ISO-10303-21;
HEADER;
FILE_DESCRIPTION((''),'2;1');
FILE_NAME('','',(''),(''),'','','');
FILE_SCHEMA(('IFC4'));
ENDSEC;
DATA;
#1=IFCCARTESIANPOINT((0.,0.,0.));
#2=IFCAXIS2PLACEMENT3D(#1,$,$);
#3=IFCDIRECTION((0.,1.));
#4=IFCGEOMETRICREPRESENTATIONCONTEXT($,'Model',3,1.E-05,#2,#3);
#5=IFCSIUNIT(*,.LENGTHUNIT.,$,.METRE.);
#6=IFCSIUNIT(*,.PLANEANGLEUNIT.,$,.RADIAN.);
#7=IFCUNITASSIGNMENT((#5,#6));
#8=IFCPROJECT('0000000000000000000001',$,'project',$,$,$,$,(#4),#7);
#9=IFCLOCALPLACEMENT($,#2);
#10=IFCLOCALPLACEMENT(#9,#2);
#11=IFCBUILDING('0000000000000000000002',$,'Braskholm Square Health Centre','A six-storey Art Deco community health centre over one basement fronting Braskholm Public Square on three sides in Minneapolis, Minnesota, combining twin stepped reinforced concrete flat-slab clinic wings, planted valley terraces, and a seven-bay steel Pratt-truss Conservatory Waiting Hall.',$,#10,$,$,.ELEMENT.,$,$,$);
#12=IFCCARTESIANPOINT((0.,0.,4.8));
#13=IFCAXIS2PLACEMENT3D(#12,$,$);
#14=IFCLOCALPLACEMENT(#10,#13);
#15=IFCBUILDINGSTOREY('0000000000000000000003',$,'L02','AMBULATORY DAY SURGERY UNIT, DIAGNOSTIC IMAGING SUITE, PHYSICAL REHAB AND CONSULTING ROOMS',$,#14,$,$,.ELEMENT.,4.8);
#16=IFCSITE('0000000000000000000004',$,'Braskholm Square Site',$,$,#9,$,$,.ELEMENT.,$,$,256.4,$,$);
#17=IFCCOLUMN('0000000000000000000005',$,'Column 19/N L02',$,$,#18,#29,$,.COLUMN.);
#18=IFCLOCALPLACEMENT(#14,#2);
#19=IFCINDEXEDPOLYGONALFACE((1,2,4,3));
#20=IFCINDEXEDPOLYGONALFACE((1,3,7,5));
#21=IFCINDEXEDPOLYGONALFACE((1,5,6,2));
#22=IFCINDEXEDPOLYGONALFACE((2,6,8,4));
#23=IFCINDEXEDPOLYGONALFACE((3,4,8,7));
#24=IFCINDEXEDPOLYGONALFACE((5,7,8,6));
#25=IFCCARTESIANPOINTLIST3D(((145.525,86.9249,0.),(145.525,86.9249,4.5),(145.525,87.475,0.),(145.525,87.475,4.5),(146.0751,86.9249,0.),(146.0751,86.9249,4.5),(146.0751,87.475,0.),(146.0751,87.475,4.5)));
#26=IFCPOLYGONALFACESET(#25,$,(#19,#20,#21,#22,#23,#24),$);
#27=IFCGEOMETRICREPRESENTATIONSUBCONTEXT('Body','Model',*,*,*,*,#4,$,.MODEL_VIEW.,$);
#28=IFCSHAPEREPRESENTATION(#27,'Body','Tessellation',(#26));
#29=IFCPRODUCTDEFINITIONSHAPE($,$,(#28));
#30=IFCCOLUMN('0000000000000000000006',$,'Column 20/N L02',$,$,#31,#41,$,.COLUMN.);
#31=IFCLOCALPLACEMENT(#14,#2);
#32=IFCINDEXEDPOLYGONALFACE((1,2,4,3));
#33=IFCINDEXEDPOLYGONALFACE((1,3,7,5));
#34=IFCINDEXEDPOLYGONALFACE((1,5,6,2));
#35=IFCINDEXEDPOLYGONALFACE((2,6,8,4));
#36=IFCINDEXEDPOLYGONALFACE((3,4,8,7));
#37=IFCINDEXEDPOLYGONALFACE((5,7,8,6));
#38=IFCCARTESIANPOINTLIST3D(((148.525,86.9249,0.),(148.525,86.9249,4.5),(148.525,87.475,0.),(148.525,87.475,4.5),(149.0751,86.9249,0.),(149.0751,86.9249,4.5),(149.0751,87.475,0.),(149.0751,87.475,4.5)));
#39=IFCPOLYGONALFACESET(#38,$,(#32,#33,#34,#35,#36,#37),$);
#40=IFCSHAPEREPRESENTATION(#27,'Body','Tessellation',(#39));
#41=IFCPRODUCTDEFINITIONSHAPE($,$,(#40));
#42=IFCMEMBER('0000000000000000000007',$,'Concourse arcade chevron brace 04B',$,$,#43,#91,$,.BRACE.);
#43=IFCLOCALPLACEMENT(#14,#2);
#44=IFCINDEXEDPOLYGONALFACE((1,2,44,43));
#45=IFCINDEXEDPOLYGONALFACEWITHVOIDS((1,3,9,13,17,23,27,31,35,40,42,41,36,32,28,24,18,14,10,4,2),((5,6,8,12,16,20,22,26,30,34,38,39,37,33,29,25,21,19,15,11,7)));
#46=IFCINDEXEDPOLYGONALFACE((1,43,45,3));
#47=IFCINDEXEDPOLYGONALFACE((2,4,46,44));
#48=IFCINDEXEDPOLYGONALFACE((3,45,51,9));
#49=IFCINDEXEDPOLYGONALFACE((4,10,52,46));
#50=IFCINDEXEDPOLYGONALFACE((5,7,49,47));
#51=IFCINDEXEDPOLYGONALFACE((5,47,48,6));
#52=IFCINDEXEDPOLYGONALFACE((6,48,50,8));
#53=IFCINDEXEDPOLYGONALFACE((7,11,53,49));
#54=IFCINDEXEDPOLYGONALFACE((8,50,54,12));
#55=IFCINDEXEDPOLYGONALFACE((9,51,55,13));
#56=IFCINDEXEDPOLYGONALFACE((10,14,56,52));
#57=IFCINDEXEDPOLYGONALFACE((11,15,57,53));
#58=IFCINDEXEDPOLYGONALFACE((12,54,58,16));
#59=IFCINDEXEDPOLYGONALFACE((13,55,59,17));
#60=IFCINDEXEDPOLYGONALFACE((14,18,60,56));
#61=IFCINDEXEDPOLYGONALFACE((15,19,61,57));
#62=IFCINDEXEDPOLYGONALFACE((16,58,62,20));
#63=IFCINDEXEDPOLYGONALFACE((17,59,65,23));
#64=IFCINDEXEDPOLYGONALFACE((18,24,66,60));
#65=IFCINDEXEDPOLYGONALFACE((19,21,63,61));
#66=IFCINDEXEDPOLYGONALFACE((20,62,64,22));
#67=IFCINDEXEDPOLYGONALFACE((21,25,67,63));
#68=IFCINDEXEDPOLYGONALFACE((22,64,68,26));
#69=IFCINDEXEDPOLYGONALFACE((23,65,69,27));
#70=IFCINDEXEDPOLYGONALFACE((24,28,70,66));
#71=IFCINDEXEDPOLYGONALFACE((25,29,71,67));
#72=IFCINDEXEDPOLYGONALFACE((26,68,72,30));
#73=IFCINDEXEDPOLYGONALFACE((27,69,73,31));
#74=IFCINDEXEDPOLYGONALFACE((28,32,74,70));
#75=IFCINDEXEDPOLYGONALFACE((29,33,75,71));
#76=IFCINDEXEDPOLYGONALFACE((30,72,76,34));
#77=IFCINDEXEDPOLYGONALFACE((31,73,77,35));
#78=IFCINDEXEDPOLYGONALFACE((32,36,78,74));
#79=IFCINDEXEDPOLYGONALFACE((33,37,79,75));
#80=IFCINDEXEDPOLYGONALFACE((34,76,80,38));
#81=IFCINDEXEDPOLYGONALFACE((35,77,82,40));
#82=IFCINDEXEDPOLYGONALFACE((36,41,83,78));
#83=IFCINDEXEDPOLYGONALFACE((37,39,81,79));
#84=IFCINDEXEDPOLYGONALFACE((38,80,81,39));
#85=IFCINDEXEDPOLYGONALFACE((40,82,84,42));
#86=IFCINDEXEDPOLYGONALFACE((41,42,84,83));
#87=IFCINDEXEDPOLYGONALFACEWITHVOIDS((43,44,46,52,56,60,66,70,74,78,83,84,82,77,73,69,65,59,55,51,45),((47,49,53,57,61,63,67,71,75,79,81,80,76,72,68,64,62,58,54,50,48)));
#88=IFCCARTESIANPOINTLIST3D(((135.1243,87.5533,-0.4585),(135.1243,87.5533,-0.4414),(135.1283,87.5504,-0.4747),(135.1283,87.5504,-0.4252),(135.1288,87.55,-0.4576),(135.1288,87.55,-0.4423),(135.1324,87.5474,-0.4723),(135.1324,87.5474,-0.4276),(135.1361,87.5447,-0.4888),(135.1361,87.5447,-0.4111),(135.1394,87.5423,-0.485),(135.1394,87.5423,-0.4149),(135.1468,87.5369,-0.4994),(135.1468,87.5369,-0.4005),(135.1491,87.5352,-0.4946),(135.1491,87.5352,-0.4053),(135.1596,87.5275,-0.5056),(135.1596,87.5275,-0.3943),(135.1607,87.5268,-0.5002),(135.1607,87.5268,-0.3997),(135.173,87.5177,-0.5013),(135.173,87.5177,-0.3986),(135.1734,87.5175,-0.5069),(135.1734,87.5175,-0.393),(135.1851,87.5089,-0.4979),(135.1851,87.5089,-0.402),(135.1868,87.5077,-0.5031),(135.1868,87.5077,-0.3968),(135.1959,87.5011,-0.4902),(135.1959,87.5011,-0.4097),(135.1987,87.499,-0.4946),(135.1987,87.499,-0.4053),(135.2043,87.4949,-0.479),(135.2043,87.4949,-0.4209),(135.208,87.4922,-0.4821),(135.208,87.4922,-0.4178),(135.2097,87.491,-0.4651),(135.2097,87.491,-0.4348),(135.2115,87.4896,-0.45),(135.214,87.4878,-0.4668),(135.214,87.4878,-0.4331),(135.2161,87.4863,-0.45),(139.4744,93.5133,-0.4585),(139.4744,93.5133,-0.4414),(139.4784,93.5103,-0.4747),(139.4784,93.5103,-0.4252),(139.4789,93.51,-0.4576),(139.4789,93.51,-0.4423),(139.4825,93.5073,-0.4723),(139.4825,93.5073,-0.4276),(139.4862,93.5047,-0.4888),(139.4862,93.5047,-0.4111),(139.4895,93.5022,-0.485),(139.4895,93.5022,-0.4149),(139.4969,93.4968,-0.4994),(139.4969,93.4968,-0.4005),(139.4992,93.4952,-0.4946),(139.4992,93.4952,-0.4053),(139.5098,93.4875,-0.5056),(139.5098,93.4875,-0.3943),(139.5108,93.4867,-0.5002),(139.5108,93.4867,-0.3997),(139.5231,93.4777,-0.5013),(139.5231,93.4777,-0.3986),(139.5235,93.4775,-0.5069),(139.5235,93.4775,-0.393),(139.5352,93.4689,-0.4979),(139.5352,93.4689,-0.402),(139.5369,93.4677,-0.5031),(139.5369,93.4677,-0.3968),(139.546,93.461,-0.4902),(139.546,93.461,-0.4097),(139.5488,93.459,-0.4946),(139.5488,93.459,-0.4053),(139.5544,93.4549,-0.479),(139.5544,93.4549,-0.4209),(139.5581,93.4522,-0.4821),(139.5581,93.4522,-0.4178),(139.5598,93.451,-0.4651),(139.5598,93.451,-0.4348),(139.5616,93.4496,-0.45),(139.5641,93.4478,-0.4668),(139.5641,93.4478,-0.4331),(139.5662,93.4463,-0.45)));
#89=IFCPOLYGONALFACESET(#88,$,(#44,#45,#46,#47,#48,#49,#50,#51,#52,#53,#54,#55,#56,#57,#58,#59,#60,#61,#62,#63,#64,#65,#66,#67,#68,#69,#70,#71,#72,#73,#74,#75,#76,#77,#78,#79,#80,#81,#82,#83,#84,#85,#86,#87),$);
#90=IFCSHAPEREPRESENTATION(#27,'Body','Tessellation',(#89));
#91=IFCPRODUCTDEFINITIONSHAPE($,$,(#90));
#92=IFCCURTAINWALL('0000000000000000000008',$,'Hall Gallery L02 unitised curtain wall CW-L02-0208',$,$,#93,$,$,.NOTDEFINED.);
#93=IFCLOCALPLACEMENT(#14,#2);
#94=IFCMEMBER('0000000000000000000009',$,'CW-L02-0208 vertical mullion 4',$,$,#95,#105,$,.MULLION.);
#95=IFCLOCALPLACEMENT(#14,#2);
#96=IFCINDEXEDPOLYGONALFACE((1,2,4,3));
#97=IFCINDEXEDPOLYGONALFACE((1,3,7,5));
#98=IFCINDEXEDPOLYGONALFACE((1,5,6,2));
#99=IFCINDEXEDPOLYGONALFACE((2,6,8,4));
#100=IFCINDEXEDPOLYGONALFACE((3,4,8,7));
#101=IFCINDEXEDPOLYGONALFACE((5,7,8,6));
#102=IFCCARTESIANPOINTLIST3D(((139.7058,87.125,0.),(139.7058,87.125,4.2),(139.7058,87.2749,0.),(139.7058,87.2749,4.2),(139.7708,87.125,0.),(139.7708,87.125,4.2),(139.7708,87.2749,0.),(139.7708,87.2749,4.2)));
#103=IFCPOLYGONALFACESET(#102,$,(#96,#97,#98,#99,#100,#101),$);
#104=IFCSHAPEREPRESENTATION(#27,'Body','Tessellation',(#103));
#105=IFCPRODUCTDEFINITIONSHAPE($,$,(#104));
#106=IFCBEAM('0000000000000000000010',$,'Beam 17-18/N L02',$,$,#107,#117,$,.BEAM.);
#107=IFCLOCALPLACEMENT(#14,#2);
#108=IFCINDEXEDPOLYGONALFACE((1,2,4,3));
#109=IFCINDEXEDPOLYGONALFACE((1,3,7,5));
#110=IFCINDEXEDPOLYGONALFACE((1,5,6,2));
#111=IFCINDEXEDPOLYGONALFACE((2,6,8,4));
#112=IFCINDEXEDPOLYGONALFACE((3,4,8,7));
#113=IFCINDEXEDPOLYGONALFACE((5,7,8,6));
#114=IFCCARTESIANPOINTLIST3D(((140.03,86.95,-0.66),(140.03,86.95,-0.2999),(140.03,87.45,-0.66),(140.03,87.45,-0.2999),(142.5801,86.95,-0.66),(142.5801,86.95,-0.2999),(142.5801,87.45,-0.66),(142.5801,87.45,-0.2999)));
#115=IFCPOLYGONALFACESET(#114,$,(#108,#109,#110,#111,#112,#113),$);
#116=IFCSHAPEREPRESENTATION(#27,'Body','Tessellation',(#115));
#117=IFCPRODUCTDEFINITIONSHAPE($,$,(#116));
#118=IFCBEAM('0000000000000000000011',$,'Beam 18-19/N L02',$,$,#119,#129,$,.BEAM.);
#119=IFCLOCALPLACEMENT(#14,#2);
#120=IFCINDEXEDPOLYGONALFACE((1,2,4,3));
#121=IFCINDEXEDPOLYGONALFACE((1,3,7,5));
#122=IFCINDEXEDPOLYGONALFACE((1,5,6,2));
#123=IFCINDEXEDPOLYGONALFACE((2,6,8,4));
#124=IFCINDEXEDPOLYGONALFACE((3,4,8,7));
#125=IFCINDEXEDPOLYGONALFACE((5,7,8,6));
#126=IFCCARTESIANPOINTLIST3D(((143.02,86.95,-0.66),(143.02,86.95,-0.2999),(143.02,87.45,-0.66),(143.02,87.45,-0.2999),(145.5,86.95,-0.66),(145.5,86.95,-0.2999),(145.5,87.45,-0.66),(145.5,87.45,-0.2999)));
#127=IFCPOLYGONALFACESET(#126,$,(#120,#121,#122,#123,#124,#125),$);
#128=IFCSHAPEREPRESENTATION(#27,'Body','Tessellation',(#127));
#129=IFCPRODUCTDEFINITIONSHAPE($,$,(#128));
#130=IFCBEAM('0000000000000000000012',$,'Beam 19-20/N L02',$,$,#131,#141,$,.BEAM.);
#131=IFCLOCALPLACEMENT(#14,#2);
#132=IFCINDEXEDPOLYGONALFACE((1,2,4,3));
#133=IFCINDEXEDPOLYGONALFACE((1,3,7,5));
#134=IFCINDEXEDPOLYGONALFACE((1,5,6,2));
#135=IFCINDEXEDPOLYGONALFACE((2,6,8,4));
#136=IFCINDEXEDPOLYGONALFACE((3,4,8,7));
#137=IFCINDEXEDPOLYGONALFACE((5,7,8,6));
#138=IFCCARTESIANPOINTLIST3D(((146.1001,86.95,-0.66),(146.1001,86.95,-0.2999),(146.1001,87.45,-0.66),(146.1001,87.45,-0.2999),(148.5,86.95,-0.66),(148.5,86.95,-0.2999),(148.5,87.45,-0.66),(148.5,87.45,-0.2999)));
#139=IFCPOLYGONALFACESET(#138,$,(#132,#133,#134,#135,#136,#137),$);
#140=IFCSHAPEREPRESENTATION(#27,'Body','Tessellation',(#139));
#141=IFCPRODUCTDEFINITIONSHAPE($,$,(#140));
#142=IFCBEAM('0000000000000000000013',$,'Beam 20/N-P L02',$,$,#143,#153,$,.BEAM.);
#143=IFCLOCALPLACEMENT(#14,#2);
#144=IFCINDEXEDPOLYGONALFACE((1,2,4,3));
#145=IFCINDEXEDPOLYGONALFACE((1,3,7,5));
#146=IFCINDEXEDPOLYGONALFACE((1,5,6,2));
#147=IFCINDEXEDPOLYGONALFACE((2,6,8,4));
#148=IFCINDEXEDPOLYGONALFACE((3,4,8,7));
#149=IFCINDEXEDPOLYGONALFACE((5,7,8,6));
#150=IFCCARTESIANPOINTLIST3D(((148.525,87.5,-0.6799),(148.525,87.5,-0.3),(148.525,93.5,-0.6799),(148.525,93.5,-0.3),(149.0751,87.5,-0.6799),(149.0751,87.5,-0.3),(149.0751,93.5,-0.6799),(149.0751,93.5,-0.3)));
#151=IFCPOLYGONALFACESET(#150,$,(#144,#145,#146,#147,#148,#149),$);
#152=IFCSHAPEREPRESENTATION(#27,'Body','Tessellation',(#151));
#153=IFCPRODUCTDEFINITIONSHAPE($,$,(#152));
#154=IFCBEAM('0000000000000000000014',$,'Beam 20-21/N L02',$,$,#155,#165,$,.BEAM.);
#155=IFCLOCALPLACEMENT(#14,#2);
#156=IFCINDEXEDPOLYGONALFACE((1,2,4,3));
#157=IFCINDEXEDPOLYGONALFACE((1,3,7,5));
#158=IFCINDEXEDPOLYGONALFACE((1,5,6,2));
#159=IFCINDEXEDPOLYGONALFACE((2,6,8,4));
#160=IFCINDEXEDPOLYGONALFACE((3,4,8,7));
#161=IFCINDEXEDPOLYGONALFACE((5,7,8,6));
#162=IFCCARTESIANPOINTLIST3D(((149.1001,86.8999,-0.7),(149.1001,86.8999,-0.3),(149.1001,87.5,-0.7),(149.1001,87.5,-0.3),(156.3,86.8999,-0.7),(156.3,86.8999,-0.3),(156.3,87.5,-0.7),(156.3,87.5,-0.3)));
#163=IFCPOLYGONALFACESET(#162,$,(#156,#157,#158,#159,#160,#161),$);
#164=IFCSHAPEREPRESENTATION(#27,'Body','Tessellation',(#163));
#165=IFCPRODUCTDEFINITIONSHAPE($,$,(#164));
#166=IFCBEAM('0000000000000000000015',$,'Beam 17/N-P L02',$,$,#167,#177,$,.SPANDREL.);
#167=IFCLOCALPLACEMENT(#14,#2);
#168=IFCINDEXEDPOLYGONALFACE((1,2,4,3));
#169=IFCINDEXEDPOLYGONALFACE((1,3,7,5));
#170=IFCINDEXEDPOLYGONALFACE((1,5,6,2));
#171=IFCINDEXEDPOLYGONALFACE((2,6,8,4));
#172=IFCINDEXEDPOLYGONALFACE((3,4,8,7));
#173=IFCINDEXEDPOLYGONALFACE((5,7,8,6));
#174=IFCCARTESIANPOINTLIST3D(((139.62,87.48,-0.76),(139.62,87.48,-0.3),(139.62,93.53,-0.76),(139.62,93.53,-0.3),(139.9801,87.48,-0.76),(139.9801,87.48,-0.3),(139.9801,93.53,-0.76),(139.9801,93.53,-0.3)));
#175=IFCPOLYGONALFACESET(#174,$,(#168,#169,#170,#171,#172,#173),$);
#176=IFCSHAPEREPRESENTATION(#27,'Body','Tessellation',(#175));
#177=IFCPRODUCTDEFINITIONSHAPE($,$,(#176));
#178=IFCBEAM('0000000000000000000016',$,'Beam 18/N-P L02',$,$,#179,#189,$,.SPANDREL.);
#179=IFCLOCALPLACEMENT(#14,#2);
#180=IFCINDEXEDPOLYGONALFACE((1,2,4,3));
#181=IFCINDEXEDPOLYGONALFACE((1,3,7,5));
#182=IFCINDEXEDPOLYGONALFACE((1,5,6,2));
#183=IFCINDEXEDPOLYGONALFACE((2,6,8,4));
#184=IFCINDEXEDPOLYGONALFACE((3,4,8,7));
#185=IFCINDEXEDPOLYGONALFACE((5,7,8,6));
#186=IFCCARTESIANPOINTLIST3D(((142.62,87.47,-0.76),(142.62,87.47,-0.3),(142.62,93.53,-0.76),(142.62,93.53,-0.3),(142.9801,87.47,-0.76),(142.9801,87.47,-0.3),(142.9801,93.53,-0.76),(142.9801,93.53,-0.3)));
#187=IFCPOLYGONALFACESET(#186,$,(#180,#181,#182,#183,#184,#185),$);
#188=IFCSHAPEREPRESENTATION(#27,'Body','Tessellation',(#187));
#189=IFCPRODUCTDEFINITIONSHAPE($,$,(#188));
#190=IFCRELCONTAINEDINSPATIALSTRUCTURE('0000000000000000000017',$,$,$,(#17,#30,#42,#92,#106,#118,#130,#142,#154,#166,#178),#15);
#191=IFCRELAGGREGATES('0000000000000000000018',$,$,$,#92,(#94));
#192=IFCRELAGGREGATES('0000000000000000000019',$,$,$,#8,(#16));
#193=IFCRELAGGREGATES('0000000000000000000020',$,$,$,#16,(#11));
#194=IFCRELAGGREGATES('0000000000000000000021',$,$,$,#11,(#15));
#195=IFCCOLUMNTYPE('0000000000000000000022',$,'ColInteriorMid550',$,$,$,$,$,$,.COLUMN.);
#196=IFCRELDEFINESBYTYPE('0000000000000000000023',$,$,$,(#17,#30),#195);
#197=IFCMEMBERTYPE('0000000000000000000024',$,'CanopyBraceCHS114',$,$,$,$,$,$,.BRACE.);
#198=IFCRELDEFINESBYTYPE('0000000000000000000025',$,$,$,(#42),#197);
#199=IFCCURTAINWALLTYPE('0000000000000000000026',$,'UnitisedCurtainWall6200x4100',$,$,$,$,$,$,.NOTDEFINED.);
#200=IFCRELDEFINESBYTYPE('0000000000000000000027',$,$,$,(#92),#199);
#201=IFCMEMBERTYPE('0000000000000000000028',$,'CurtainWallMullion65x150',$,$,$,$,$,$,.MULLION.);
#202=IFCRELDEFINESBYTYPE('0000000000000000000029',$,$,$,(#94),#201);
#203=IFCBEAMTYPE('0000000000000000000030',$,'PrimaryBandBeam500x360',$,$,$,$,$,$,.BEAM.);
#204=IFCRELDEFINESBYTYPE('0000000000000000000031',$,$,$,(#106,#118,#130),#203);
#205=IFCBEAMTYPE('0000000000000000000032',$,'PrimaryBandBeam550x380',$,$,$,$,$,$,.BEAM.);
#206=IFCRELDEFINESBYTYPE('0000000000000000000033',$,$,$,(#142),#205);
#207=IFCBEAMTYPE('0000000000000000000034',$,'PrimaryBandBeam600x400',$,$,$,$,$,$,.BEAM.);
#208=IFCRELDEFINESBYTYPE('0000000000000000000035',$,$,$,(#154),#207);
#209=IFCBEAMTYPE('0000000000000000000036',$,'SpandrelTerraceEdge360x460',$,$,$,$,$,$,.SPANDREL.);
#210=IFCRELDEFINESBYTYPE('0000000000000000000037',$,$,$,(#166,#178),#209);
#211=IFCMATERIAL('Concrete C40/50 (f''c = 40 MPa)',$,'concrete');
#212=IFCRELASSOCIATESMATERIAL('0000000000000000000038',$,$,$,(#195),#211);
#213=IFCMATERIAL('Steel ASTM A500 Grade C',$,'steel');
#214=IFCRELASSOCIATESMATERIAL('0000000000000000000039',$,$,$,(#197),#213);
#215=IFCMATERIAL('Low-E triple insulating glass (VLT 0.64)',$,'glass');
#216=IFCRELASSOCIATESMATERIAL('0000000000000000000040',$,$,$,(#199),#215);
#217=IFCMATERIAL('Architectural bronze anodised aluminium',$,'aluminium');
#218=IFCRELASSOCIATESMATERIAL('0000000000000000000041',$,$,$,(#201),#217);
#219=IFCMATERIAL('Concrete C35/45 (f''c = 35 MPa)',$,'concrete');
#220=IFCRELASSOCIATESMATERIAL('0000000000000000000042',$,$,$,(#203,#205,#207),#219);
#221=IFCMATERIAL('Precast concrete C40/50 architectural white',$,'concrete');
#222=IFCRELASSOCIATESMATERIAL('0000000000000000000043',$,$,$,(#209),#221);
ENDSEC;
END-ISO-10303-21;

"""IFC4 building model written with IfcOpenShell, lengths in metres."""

from ifc_helpers import new_model, si_unit, direction, frame, origin, origin_2d, place, context, subcontext, project, spatial, rectangle, hollow_circle, extrude, material, material_profile, profile_set, type_object, element, aggregate, save


model = new_model("IFC4")

# Units and contexts
model_context = context("Model", 3, precision=1e-05, world=origin(), true_north=direction((0.0, 1.0)))
body_context = subcontext(model_context, "Body", "Model", "MODEL_VIEW")
ifc_project = project(units=[si_unit("LENGTHUNIT", "METRE"), si_unit("PLANEANGLEUNIT", "RADIAN")], contexts=[model_context])

# Site, building, storey
site_placement = place(None, origin())
site = spatial("IfcSite", under=ifc_project, at=site_placement, Name="Braskholm Square Site", CompositionType="ELEMENT", RefElevation=256.4)
building_placement = place(site_placement, origin())
building = spatial("IfcBuilding", under=site, at=building_placement, Name="Braskholm Square Health Centre", Description="A six-storey Art Deco community health centre over one basement fronting Braskholm Public Square on three sides in Minneapolis, Minnesota, combining twin stepped reinforced concrete flat-slab clinic wings, planted valley terraces, and a seven-bay steel Pratt-truss Conservatory Waiting Hall.", CompositionType="ELEMENT")
storey_placement = place(building_placement, frame((0.0, 0.0, 4.8)))
storey = spatial("IfcBuildingStorey", under=building, at=storey_placement, Name="L02", Description="AMBULATORY DAY SURGERY UNIT, DIAGNOSTIC IMAGING SUITE, PHYSICAL REHAB AND CONSULTING ROOMS", CompositionType="ELEMENT", Elevation=4.8)

# Columns
ifc_material_1 = material(Name="Concrete C40/50 (f'c = 40 MPa)", Category="concrete")
ifc_material_profile_1 = material_profile(ifc_material_1, rectangle(XDim=0.55, YDim=0.55, at=origin_2d()), Name="RC-550X550")
ifc_profile_set_1 = profile_set([ifc_material_profile_1], Name="Concrete C40/50 (f'c = 40 MPa)")
column_type = type_object("IfcColumnType", Name="ColInteriorMid550", PredefinedType="COLUMN", material=ifc_profile_set_1)
for number, where, z_axis, x_axis, name in (
    (1, (145.8, 87.2, 0.0), (0.0, 0.0, 1.0), (1.0, 0.0, 0.0), "Column 19/N L02"),
    (2, (148.8, 87.2, 0.0), (0.0, 0.0, 1.0), (1.0, 0.0, 0.0), "Column 20/N L02"),
):
    element("IfcColumn", number, at=place(storey_placement, frame(where, z_axis=z_axis, x_axis=x_axis)), inside=storey, type_object=column_type, Name=name, PredefinedType="COLUMN", context=body_context, shape_type="SweptSolid", body=[
        extrude(rectangle(XDim=0.55, YDim=0.55, at=origin_2d()), origin(), (0.0, 0.0, 1.0), 4.5),
    ])

# Member
ifc_material_2 = material(Name="Steel ASTM A500 Grade C", Category="steel")
ifc_material_profile_2 = material_profile(ifc_material_2, hollow_circle(Radius=0.0571, WallThickness=0.0056, at=origin_2d()), Name="HSS4.500X0.237")
ifc_profile_set_2 = profile_set([ifc_material_profile_2], Name="Steel ASTM A500 Grade C")
member_type_1 = type_object("IfcMemberType", Name="CanopyBraceCHS114", PredefinedType="BRACE", material=ifc_profile_set_2)
member_1_placement = place(storey_placement, frame((139.52, 93.48, -0.45), z_axis=(-0.589552, -0.80773, 0.0), x_axis=(0.80773, -0.589552, 0.0)))
element("IfcMember", 3, at=member_1_placement, inside=storey, type_object=member_type_1, Name="Concourse arcade chevron brace 04B", PredefinedType="BRACE", context=body_context, shape_type="SweptSolid", body=[
    extrude(hollow_circle(Radius=0.0571, WallThickness=0.0056, at=origin_2d()), origin(), (0.0, 0.0, 1.0), 7.3787),
])

# Curtain wall, member
ifc_material_3 = material(Name="Low-E triple insulating glass (VLT 0.64)", Category="glass")
curtain_wall_type = type_object("IfcCurtainWallType", Name="UnitisedCurtainWall6200x4100", PredefinedType="NOTDEFINED", material=ifc_material_3)
curtain_wall_1_placement = place(storey_placement, origin())
curtain_wall_1 = element("IfcCurtainWall", 4, at=curtain_wall_1_placement, inside=storey, type_object=curtain_wall_type, Name="Hall Gallery L02 unitised curtain wall CW-L02-0208", PredefinedType="NOTDEFINED")
ifc_material_4 = material(Name="Architectural bronze anodised aluminium", Category="aluminium")
ifc_material_profile_3 = material_profile(ifc_material_4, rectangle(XDim=0.0649, YDim=0.1499, at=origin_2d()), Name="ALU-65X150")
ifc_profile_set_3 = profile_set([ifc_material_profile_3], Name="Architectural bronze anodised aluminium")
member_type_2 = type_object("IfcMemberType", Name="CurtainWallMullion65x150", PredefinedType="MULLION", material=ifc_profile_set_3)
member_2_placement = place(storey_placement, frame((139.7383, 87.2, 0.0), z_axis=(0.0, 0.0, 1.0), x_axis=(1.0, 0.0, 0.0)))
member_2 = element("IfcMember", 5, at=member_2_placement, type_object=member_type_2, Name="CW-L02-0208 vertical mullion 4", PredefinedType="MULLION", context=body_context, shape_type="SweptSolid", body=[
    extrude(rectangle(XDim=0.0649, YDim=0.1499, at=origin_2d()), origin(), (0.0, 0.0, 1.0), 4.2),
])

# Beams
ifc_material_5 = material(Name="Concrete C35/45 (f'c = 35 MPa)", Category="concrete")
ifc_material_profile_4 = material_profile(ifc_material_5, rectangle(XDim=0.5, YDim=0.3601, at=origin_2d()), Name="RCB-500X360")
ifc_profile_set_4 = profile_set([ifc_material_profile_4], Name="Concrete C35/45 (f'c = 35 MPa)")
beam_type_1 = type_object("IfcBeamType", Name="PrimaryBandBeam500x360", PredefinedType="BEAM", material=ifc_profile_set_4)
beam_1_placement = place(storey_placement, frame((140.03, 87.2, -0.48), z_axis=(1.0, 0.0, 0.0), x_axis=(0.0, 1.0, 0.0)))
element("IfcBeam", 6, at=beam_1_placement, inside=storey, type_object=beam_type_1, Name="Beam 17-18/N L02", PredefinedType="BEAM", context=body_context, shape_type="SweptSolid", body=[
    extrude(rectangle(XDim=0.5, YDim=0.3601, at=origin_2d()), origin(), (0.0, 0.0, 1.0), 2.55),
])
beam_2_placement = place(storey_placement, frame((143.02, 87.2, -0.48), z_axis=(1.0, 0.0, 0.0), x_axis=(0.0, 1.0, 0.0)))
element("IfcBeam", 7, at=beam_2_placement, inside=storey, type_object=beam_type_1, Name="Beam 18-19/N L02", PredefinedType="BEAM", context=body_context, shape_type="SweptSolid", body=[
    extrude(rectangle(XDim=0.5, YDim=0.3601, at=origin_2d()), origin(), (0.0, 0.0, 1.0), 2.48),
])
beam_3_placement = place(storey_placement, frame((146.1001, 87.2, -0.48), z_axis=(1.0, 0.0, 0.0), x_axis=(0.0, 1.0, 0.0)))
element("IfcBeam", 8, at=beam_3_placement, inside=storey, type_object=beam_type_1, Name="Beam 19-20/N L02", PredefinedType="BEAM", context=body_context, shape_type="SweptSolid", body=[
    extrude(rectangle(XDim=0.5, YDim=0.3601, at=origin_2d()), origin(), (0.0, 0.0, 1.0), 2.3999),
])
ifc_material_profile_5 = material_profile(ifc_material_5, rectangle(XDim=0.55, YDim=0.3799, at=origin_2d()), Name="RCB-550X380")
ifc_profile_set_5 = profile_set([ifc_material_profile_5], Name="Concrete C35/45 (f'c = 35 MPa)")
beam_type_2 = type_object("IfcBeamType", Name="PrimaryBandBeam550x380", PredefinedType="BEAM", material=ifc_profile_set_5)
beam_4_placement = place(storey_placement, frame((148.8, 87.5, -0.49), z_axis=(0.0, 1.0, 0.0), x_axis=(-1.0, 0.0, 0.0)))
element("IfcBeam", 9, at=beam_4_placement, inside=storey, type_object=beam_type_2, Name="Beam 20/N-P L02", PredefinedType="BEAM", context=body_context, shape_type="SweptSolid", body=[
    extrude(rectangle(XDim=0.55, YDim=0.3799, at=origin_2d()), origin(), (0.0, 0.0, 1.0), 6.0),
])
ifc_material_profile_6 = material_profile(ifc_material_5, rectangle(XDim=0.6001, YDim=0.3999, at=origin_2d()), Name="RCB-600X400")
ifc_profile_set_6 = profile_set([ifc_material_profile_6], Name="Concrete C35/45 (f'c = 35 MPa)")
beam_type_3 = type_object("IfcBeamType", Name="PrimaryBandBeam600x400", PredefinedType="BEAM", material=ifc_profile_set_6)
beam_5_placement = place(storey_placement, frame((149.1001, 87.2, -0.5), z_axis=(1.0, 0.0, 0.0), x_axis=(0.0, 1.0, 0.0)))
element("IfcBeam", 10, at=beam_5_placement, inside=storey, type_object=beam_type_3, Name="Beam 20-21/N L02", PredefinedType="BEAM", context=body_context, shape_type="SweptSolid", body=[
    extrude(rectangle(XDim=0.6001, YDim=0.3999, at=origin_2d()), origin(), (0.0, 0.0, 1.0), 7.2),
])
ifc_material_6 = material(Name="Precast concrete C40/50 architectural white", Category="concrete")
ifc_material_profile_7 = material_profile(ifc_material_6, rectangle(XDim=0.3601, YDim=0.46, at=origin_2d()), Name="RCB-360X460")
ifc_profile_set_7 = profile_set([ifc_material_profile_7], Name="Precast concrete C40/50 architectural white")
beam_type_4 = type_object("IfcBeamType", Name="SpandrelTerraceEdge360x460", PredefinedType="SPANDREL", material=ifc_profile_set_7)
beam_6_placement = place(storey_placement, frame((139.8, 87.48, -0.53), z_axis=(0.0, 1.0, 0.0), x_axis=(-1.0, 0.0, 0.0)))
element("IfcBeam", 11, at=beam_6_placement, inside=storey, type_object=beam_type_4, Name="Beam 17/N-P L02", PredefinedType="SPANDREL", context=body_context, shape_type="SweptSolid", body=[
    extrude(rectangle(XDim=0.3601, YDim=0.46, at=origin_2d()), origin(), (0.0, 0.0, 1.0), 6.05),
])
beam_7_placement = place(storey_placement, frame((142.8, 87.47, -0.53), z_axis=(0.0, 1.0, 0.0), x_axis=(-1.0, 0.0, 0.0)))
element("IfcBeam", 12, at=beam_7_placement, inside=storey, type_object=beam_type_4, Name="Beam 18/N-P L02", PredefinedType="SPANDREL", context=body_context, shape_type="SweptSolid", body=[
    extrude(rectangle(XDim=0.3601, YDim=0.46, at=origin_2d()), origin(), (0.0, 0.0, 1.0), 6.0601),
])

aggregate(curtain_wall_1, [member_2])

save(model, "model.ifc")
